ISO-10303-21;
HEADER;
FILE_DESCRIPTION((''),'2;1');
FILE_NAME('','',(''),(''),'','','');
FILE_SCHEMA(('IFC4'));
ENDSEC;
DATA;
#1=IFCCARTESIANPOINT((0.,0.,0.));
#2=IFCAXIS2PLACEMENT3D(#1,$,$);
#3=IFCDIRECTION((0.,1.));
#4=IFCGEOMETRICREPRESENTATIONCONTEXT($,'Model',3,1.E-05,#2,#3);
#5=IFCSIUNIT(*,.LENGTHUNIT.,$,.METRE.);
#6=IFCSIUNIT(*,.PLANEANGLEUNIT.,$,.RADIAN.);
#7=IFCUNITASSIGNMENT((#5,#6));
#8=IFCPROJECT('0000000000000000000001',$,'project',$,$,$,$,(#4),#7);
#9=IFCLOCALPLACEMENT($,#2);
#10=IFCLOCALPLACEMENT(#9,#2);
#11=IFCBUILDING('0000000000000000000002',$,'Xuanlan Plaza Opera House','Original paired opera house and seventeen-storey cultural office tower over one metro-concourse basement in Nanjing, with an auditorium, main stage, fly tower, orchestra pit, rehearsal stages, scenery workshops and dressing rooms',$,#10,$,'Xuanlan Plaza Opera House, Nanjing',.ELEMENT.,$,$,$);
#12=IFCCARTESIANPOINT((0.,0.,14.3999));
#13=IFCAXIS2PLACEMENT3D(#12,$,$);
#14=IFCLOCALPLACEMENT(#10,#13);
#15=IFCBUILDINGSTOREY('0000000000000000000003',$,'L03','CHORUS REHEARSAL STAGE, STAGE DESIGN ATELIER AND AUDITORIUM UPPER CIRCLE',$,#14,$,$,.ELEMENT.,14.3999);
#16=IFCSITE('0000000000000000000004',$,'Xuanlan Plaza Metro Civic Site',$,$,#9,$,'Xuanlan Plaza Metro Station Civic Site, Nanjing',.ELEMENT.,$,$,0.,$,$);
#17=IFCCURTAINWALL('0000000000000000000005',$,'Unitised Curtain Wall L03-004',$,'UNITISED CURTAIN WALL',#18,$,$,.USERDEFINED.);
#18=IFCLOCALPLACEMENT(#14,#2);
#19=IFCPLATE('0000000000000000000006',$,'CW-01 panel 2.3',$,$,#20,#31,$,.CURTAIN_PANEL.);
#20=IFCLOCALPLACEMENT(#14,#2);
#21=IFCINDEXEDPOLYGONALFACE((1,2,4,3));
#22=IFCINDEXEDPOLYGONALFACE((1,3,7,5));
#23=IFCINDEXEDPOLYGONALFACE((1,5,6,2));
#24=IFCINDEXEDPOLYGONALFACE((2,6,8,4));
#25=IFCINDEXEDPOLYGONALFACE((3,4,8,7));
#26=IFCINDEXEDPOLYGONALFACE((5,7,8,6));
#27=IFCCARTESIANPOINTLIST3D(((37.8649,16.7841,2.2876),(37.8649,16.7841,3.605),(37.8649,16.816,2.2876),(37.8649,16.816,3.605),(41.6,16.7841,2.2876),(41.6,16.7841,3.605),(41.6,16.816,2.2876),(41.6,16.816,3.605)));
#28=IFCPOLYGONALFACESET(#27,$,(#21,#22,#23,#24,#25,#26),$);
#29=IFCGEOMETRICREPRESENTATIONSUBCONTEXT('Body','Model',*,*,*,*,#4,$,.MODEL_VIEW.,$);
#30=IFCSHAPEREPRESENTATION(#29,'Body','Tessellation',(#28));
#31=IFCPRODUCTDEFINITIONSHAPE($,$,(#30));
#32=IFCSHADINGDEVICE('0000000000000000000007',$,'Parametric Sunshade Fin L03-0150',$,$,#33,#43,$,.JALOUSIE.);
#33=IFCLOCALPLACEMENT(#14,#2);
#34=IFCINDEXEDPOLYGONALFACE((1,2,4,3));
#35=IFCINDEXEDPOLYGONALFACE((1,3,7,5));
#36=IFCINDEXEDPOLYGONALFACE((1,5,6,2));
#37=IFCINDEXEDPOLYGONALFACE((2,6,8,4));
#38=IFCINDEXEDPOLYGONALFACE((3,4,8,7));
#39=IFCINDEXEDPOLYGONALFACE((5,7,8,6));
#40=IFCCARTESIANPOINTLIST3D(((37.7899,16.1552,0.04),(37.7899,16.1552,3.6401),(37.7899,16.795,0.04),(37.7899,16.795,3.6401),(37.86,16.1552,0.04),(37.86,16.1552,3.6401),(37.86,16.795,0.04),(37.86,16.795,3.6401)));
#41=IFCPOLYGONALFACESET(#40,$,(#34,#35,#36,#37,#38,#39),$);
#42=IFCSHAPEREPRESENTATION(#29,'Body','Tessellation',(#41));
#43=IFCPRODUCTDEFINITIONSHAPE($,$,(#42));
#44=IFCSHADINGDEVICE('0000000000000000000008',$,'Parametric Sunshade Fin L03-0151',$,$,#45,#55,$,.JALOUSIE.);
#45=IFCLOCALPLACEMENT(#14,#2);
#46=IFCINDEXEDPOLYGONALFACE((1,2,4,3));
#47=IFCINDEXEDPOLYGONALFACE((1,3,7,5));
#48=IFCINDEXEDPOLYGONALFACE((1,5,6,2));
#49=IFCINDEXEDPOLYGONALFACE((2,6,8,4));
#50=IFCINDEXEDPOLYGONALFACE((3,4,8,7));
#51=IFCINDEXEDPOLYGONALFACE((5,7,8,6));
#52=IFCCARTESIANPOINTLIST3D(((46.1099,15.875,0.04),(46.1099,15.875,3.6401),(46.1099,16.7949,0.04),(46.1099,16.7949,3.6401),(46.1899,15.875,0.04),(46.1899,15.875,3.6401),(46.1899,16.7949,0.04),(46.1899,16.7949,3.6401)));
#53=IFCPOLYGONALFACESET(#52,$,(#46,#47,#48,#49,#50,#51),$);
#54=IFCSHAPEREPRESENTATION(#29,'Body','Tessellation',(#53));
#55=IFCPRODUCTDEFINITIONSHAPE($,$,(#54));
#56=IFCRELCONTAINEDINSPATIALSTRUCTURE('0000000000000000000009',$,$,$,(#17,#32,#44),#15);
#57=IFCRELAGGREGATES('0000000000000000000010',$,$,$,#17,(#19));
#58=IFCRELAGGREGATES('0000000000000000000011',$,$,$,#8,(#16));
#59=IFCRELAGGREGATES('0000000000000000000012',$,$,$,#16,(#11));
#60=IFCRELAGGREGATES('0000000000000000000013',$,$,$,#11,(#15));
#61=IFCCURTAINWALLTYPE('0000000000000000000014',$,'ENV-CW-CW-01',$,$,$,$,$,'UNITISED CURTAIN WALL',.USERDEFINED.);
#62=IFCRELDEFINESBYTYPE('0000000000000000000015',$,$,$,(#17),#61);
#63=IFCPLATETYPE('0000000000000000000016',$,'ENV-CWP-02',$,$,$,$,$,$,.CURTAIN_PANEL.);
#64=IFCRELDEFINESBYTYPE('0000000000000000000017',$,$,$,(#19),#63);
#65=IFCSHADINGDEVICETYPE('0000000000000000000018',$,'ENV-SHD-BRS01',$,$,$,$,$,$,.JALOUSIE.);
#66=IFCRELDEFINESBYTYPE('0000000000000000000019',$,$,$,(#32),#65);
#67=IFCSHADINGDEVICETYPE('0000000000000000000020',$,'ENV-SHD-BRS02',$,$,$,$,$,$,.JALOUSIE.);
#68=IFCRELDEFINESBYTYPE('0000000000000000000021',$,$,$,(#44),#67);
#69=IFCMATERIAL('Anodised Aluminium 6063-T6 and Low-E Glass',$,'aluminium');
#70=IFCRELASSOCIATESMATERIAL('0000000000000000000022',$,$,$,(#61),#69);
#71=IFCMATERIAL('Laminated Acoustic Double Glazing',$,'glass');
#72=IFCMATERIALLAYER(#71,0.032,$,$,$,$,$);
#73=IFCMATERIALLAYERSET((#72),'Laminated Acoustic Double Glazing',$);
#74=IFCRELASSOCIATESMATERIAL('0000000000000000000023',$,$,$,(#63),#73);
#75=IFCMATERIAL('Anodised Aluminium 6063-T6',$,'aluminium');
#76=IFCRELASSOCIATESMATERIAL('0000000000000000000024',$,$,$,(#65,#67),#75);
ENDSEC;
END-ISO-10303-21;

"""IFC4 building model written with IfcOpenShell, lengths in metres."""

from ifc_helpers import new_model, si_unit, direction, frame, origin, origin_2d, place, context, subcontext, project, spatial, rectangle, extrude, material, layer, layer_set, type_object, element, aggregate, save


model = new_model("IFC4")

# Units and contexts
model_context = context("Model", 3, precision=1e-05, world=origin(), true_north=direction((0.0, 1.0)))
body_context = subcontext(model_context, "Body", "Model", "MODEL_VIEW")
ifc_project = project(units=[si_unit("LENGTHUNIT", "METRE"), si_unit("PLANEANGLEUNIT", "RADIAN")], contexts=[model_context])

# Site, building, storey
site_placement = place(None, origin())
site = spatial("IfcSite", under=ifc_project, at=site_placement, Name="Xuanlan Plaza Metro Civic Site", LongName="Xuanlan Plaza Metro Station Civic Site, Nanjing", CompositionType="ELEMENT", RefElevation=0.0)
building_placement = place(site_placement, origin())
building = spatial("IfcBuilding", under=site, at=building_placement, Name="Xuanlan Plaza Opera House", Description="Original paired opera house and seventeen-storey cultural office tower over one metro-concourse basement in Nanjing, with an auditorium, main stage, fly tower, orchestra pit, rehearsal stages, scenery workshops and dressing rooms", LongName="Xuanlan Plaza Opera House, Nanjing", CompositionType="ELEMENT")
storey_placement = place(building_placement, frame((0.0, 0.0, 14.3999)))
storey = spatial("IfcBuildingStorey", under=building, at=storey_placement, Name="L03", Description="CHORUS REHEARSAL STAGE, STAGE DESIGN ATELIER AND AUDITORIUM UPPER CIRCLE", CompositionType="ELEMENT", Elevation=14.3999)

# Shared definitions
ifc_material_1 = material(Name="Anodised Aluminium 6063-T6 and Low-E Glass", Category="aluminium")
ifc_material_2 = material(Name="Anodised Aluminium 6063-T6", Category="aluminium")

# Curtain wall
curtain_wall_type_1 = type_object("IfcCurtainWallType", Name="ENV-CW-CW-01", ElementType="UNITISED CURTAIN WALL", PredefinedType="USERDEFINED", material=ifc_material_1)
curtain_wall_1_placement = place(storey_placement, origin())
curtain_wall_1 = element("IfcCurtainWall", 1, at=curtain_wall_1_placement, inside=storey, type_object=curtain_wall_type_1, Name="Unitised Curtain Wall L03-004", ObjectType="UNITISED CURTAIN WALL", PredefinedType="USERDEFINED")

# Plate
ifc_material_3 = material(Name="Laminated Acoustic Double Glazing", Category="glass")
ifc_layer = layer(ifc_material_3, 0.032)
ifc_layer_set = layer_set([ifc_layer], Name="Laminated Acoustic Double Glazing")
plate_type = type_object("IfcPlateType", Name="ENV-CWP-02", PredefinedType="CURTAIN_PANEL", material=ifc_layer_set)
plate_1_placement = place(storey_placement, frame((39.7324, 16.8, 2.2876), z_axis=(0.0, 0.0, 1.0), x_axis=(1.0, 0.0, 0.0)))
plate_1 = element("IfcPlate", 2, at=plate_1_placement, type_object=plate_type, Name="CW-01 panel 2.3", PredefinedType="CURTAIN_PANEL", context=body_context, shape_type="SweptSolid", body=[
    extrude(rectangle(XDim=3.7351, YDim=0.032, at=origin_2d()), origin(), (0.0, 0.0, 1.0), 1.3174),
])
aggregate(curtain_wall_1, [plate_1])

# Shading devices
shading_device_type_1 = type_object("IfcShadingDeviceType", Name="ENV-SHD-BRS01", PredefinedType="JALOUSIE", material=ifc_material_2)
shading_device_1_placement = place(storey_placement, frame((37.825, 16.4751, 0.04), z_axis=(0.0, 0.0, 1.0), x_axis=(0.0, -1.0, 0.0)))
element("IfcShadingDevice", 3, at=shading_device_1_placement, inside=storey, type_object=shading_device_type_1, Name="Parametric Sunshade Fin L03-0150", PredefinedType="JALOUSIE", context=body_context, shape_type="SweptSolid", body=[
    extrude(rectangle(XDim=0.6399, YDim=0.0701, at=origin_2d()), origin(), (0.0, 0.0, 1.0), 3.6001),
])
shading_device_type_2 = type_object("IfcShadingDeviceType", Name="ENV-SHD-BRS02", PredefinedType="JALOUSIE", material=ifc_material_2)
shading_device_2_placement = place(storey_placement, frame((46.1499, 16.335, 0.04), z_axis=(0.0, 0.0, 1.0), x_axis=(0.0, -1.0, 0.0)))
element("IfcShadingDevice", 4, at=shading_device_2_placement, inside=storey, type_object=shading_device_type_2, Name="Parametric Sunshade Fin L03-0151", PredefinedType="JALOUSIE", context=body_context, shape_type="SweptSolid", body=[
    extrude(rectangle(XDim=0.9199, YDim=0.0801, at=origin_2d()), origin(), (0.0, 0.0, 1.0), 3.6001),
])

save(model, "model.ifc")
